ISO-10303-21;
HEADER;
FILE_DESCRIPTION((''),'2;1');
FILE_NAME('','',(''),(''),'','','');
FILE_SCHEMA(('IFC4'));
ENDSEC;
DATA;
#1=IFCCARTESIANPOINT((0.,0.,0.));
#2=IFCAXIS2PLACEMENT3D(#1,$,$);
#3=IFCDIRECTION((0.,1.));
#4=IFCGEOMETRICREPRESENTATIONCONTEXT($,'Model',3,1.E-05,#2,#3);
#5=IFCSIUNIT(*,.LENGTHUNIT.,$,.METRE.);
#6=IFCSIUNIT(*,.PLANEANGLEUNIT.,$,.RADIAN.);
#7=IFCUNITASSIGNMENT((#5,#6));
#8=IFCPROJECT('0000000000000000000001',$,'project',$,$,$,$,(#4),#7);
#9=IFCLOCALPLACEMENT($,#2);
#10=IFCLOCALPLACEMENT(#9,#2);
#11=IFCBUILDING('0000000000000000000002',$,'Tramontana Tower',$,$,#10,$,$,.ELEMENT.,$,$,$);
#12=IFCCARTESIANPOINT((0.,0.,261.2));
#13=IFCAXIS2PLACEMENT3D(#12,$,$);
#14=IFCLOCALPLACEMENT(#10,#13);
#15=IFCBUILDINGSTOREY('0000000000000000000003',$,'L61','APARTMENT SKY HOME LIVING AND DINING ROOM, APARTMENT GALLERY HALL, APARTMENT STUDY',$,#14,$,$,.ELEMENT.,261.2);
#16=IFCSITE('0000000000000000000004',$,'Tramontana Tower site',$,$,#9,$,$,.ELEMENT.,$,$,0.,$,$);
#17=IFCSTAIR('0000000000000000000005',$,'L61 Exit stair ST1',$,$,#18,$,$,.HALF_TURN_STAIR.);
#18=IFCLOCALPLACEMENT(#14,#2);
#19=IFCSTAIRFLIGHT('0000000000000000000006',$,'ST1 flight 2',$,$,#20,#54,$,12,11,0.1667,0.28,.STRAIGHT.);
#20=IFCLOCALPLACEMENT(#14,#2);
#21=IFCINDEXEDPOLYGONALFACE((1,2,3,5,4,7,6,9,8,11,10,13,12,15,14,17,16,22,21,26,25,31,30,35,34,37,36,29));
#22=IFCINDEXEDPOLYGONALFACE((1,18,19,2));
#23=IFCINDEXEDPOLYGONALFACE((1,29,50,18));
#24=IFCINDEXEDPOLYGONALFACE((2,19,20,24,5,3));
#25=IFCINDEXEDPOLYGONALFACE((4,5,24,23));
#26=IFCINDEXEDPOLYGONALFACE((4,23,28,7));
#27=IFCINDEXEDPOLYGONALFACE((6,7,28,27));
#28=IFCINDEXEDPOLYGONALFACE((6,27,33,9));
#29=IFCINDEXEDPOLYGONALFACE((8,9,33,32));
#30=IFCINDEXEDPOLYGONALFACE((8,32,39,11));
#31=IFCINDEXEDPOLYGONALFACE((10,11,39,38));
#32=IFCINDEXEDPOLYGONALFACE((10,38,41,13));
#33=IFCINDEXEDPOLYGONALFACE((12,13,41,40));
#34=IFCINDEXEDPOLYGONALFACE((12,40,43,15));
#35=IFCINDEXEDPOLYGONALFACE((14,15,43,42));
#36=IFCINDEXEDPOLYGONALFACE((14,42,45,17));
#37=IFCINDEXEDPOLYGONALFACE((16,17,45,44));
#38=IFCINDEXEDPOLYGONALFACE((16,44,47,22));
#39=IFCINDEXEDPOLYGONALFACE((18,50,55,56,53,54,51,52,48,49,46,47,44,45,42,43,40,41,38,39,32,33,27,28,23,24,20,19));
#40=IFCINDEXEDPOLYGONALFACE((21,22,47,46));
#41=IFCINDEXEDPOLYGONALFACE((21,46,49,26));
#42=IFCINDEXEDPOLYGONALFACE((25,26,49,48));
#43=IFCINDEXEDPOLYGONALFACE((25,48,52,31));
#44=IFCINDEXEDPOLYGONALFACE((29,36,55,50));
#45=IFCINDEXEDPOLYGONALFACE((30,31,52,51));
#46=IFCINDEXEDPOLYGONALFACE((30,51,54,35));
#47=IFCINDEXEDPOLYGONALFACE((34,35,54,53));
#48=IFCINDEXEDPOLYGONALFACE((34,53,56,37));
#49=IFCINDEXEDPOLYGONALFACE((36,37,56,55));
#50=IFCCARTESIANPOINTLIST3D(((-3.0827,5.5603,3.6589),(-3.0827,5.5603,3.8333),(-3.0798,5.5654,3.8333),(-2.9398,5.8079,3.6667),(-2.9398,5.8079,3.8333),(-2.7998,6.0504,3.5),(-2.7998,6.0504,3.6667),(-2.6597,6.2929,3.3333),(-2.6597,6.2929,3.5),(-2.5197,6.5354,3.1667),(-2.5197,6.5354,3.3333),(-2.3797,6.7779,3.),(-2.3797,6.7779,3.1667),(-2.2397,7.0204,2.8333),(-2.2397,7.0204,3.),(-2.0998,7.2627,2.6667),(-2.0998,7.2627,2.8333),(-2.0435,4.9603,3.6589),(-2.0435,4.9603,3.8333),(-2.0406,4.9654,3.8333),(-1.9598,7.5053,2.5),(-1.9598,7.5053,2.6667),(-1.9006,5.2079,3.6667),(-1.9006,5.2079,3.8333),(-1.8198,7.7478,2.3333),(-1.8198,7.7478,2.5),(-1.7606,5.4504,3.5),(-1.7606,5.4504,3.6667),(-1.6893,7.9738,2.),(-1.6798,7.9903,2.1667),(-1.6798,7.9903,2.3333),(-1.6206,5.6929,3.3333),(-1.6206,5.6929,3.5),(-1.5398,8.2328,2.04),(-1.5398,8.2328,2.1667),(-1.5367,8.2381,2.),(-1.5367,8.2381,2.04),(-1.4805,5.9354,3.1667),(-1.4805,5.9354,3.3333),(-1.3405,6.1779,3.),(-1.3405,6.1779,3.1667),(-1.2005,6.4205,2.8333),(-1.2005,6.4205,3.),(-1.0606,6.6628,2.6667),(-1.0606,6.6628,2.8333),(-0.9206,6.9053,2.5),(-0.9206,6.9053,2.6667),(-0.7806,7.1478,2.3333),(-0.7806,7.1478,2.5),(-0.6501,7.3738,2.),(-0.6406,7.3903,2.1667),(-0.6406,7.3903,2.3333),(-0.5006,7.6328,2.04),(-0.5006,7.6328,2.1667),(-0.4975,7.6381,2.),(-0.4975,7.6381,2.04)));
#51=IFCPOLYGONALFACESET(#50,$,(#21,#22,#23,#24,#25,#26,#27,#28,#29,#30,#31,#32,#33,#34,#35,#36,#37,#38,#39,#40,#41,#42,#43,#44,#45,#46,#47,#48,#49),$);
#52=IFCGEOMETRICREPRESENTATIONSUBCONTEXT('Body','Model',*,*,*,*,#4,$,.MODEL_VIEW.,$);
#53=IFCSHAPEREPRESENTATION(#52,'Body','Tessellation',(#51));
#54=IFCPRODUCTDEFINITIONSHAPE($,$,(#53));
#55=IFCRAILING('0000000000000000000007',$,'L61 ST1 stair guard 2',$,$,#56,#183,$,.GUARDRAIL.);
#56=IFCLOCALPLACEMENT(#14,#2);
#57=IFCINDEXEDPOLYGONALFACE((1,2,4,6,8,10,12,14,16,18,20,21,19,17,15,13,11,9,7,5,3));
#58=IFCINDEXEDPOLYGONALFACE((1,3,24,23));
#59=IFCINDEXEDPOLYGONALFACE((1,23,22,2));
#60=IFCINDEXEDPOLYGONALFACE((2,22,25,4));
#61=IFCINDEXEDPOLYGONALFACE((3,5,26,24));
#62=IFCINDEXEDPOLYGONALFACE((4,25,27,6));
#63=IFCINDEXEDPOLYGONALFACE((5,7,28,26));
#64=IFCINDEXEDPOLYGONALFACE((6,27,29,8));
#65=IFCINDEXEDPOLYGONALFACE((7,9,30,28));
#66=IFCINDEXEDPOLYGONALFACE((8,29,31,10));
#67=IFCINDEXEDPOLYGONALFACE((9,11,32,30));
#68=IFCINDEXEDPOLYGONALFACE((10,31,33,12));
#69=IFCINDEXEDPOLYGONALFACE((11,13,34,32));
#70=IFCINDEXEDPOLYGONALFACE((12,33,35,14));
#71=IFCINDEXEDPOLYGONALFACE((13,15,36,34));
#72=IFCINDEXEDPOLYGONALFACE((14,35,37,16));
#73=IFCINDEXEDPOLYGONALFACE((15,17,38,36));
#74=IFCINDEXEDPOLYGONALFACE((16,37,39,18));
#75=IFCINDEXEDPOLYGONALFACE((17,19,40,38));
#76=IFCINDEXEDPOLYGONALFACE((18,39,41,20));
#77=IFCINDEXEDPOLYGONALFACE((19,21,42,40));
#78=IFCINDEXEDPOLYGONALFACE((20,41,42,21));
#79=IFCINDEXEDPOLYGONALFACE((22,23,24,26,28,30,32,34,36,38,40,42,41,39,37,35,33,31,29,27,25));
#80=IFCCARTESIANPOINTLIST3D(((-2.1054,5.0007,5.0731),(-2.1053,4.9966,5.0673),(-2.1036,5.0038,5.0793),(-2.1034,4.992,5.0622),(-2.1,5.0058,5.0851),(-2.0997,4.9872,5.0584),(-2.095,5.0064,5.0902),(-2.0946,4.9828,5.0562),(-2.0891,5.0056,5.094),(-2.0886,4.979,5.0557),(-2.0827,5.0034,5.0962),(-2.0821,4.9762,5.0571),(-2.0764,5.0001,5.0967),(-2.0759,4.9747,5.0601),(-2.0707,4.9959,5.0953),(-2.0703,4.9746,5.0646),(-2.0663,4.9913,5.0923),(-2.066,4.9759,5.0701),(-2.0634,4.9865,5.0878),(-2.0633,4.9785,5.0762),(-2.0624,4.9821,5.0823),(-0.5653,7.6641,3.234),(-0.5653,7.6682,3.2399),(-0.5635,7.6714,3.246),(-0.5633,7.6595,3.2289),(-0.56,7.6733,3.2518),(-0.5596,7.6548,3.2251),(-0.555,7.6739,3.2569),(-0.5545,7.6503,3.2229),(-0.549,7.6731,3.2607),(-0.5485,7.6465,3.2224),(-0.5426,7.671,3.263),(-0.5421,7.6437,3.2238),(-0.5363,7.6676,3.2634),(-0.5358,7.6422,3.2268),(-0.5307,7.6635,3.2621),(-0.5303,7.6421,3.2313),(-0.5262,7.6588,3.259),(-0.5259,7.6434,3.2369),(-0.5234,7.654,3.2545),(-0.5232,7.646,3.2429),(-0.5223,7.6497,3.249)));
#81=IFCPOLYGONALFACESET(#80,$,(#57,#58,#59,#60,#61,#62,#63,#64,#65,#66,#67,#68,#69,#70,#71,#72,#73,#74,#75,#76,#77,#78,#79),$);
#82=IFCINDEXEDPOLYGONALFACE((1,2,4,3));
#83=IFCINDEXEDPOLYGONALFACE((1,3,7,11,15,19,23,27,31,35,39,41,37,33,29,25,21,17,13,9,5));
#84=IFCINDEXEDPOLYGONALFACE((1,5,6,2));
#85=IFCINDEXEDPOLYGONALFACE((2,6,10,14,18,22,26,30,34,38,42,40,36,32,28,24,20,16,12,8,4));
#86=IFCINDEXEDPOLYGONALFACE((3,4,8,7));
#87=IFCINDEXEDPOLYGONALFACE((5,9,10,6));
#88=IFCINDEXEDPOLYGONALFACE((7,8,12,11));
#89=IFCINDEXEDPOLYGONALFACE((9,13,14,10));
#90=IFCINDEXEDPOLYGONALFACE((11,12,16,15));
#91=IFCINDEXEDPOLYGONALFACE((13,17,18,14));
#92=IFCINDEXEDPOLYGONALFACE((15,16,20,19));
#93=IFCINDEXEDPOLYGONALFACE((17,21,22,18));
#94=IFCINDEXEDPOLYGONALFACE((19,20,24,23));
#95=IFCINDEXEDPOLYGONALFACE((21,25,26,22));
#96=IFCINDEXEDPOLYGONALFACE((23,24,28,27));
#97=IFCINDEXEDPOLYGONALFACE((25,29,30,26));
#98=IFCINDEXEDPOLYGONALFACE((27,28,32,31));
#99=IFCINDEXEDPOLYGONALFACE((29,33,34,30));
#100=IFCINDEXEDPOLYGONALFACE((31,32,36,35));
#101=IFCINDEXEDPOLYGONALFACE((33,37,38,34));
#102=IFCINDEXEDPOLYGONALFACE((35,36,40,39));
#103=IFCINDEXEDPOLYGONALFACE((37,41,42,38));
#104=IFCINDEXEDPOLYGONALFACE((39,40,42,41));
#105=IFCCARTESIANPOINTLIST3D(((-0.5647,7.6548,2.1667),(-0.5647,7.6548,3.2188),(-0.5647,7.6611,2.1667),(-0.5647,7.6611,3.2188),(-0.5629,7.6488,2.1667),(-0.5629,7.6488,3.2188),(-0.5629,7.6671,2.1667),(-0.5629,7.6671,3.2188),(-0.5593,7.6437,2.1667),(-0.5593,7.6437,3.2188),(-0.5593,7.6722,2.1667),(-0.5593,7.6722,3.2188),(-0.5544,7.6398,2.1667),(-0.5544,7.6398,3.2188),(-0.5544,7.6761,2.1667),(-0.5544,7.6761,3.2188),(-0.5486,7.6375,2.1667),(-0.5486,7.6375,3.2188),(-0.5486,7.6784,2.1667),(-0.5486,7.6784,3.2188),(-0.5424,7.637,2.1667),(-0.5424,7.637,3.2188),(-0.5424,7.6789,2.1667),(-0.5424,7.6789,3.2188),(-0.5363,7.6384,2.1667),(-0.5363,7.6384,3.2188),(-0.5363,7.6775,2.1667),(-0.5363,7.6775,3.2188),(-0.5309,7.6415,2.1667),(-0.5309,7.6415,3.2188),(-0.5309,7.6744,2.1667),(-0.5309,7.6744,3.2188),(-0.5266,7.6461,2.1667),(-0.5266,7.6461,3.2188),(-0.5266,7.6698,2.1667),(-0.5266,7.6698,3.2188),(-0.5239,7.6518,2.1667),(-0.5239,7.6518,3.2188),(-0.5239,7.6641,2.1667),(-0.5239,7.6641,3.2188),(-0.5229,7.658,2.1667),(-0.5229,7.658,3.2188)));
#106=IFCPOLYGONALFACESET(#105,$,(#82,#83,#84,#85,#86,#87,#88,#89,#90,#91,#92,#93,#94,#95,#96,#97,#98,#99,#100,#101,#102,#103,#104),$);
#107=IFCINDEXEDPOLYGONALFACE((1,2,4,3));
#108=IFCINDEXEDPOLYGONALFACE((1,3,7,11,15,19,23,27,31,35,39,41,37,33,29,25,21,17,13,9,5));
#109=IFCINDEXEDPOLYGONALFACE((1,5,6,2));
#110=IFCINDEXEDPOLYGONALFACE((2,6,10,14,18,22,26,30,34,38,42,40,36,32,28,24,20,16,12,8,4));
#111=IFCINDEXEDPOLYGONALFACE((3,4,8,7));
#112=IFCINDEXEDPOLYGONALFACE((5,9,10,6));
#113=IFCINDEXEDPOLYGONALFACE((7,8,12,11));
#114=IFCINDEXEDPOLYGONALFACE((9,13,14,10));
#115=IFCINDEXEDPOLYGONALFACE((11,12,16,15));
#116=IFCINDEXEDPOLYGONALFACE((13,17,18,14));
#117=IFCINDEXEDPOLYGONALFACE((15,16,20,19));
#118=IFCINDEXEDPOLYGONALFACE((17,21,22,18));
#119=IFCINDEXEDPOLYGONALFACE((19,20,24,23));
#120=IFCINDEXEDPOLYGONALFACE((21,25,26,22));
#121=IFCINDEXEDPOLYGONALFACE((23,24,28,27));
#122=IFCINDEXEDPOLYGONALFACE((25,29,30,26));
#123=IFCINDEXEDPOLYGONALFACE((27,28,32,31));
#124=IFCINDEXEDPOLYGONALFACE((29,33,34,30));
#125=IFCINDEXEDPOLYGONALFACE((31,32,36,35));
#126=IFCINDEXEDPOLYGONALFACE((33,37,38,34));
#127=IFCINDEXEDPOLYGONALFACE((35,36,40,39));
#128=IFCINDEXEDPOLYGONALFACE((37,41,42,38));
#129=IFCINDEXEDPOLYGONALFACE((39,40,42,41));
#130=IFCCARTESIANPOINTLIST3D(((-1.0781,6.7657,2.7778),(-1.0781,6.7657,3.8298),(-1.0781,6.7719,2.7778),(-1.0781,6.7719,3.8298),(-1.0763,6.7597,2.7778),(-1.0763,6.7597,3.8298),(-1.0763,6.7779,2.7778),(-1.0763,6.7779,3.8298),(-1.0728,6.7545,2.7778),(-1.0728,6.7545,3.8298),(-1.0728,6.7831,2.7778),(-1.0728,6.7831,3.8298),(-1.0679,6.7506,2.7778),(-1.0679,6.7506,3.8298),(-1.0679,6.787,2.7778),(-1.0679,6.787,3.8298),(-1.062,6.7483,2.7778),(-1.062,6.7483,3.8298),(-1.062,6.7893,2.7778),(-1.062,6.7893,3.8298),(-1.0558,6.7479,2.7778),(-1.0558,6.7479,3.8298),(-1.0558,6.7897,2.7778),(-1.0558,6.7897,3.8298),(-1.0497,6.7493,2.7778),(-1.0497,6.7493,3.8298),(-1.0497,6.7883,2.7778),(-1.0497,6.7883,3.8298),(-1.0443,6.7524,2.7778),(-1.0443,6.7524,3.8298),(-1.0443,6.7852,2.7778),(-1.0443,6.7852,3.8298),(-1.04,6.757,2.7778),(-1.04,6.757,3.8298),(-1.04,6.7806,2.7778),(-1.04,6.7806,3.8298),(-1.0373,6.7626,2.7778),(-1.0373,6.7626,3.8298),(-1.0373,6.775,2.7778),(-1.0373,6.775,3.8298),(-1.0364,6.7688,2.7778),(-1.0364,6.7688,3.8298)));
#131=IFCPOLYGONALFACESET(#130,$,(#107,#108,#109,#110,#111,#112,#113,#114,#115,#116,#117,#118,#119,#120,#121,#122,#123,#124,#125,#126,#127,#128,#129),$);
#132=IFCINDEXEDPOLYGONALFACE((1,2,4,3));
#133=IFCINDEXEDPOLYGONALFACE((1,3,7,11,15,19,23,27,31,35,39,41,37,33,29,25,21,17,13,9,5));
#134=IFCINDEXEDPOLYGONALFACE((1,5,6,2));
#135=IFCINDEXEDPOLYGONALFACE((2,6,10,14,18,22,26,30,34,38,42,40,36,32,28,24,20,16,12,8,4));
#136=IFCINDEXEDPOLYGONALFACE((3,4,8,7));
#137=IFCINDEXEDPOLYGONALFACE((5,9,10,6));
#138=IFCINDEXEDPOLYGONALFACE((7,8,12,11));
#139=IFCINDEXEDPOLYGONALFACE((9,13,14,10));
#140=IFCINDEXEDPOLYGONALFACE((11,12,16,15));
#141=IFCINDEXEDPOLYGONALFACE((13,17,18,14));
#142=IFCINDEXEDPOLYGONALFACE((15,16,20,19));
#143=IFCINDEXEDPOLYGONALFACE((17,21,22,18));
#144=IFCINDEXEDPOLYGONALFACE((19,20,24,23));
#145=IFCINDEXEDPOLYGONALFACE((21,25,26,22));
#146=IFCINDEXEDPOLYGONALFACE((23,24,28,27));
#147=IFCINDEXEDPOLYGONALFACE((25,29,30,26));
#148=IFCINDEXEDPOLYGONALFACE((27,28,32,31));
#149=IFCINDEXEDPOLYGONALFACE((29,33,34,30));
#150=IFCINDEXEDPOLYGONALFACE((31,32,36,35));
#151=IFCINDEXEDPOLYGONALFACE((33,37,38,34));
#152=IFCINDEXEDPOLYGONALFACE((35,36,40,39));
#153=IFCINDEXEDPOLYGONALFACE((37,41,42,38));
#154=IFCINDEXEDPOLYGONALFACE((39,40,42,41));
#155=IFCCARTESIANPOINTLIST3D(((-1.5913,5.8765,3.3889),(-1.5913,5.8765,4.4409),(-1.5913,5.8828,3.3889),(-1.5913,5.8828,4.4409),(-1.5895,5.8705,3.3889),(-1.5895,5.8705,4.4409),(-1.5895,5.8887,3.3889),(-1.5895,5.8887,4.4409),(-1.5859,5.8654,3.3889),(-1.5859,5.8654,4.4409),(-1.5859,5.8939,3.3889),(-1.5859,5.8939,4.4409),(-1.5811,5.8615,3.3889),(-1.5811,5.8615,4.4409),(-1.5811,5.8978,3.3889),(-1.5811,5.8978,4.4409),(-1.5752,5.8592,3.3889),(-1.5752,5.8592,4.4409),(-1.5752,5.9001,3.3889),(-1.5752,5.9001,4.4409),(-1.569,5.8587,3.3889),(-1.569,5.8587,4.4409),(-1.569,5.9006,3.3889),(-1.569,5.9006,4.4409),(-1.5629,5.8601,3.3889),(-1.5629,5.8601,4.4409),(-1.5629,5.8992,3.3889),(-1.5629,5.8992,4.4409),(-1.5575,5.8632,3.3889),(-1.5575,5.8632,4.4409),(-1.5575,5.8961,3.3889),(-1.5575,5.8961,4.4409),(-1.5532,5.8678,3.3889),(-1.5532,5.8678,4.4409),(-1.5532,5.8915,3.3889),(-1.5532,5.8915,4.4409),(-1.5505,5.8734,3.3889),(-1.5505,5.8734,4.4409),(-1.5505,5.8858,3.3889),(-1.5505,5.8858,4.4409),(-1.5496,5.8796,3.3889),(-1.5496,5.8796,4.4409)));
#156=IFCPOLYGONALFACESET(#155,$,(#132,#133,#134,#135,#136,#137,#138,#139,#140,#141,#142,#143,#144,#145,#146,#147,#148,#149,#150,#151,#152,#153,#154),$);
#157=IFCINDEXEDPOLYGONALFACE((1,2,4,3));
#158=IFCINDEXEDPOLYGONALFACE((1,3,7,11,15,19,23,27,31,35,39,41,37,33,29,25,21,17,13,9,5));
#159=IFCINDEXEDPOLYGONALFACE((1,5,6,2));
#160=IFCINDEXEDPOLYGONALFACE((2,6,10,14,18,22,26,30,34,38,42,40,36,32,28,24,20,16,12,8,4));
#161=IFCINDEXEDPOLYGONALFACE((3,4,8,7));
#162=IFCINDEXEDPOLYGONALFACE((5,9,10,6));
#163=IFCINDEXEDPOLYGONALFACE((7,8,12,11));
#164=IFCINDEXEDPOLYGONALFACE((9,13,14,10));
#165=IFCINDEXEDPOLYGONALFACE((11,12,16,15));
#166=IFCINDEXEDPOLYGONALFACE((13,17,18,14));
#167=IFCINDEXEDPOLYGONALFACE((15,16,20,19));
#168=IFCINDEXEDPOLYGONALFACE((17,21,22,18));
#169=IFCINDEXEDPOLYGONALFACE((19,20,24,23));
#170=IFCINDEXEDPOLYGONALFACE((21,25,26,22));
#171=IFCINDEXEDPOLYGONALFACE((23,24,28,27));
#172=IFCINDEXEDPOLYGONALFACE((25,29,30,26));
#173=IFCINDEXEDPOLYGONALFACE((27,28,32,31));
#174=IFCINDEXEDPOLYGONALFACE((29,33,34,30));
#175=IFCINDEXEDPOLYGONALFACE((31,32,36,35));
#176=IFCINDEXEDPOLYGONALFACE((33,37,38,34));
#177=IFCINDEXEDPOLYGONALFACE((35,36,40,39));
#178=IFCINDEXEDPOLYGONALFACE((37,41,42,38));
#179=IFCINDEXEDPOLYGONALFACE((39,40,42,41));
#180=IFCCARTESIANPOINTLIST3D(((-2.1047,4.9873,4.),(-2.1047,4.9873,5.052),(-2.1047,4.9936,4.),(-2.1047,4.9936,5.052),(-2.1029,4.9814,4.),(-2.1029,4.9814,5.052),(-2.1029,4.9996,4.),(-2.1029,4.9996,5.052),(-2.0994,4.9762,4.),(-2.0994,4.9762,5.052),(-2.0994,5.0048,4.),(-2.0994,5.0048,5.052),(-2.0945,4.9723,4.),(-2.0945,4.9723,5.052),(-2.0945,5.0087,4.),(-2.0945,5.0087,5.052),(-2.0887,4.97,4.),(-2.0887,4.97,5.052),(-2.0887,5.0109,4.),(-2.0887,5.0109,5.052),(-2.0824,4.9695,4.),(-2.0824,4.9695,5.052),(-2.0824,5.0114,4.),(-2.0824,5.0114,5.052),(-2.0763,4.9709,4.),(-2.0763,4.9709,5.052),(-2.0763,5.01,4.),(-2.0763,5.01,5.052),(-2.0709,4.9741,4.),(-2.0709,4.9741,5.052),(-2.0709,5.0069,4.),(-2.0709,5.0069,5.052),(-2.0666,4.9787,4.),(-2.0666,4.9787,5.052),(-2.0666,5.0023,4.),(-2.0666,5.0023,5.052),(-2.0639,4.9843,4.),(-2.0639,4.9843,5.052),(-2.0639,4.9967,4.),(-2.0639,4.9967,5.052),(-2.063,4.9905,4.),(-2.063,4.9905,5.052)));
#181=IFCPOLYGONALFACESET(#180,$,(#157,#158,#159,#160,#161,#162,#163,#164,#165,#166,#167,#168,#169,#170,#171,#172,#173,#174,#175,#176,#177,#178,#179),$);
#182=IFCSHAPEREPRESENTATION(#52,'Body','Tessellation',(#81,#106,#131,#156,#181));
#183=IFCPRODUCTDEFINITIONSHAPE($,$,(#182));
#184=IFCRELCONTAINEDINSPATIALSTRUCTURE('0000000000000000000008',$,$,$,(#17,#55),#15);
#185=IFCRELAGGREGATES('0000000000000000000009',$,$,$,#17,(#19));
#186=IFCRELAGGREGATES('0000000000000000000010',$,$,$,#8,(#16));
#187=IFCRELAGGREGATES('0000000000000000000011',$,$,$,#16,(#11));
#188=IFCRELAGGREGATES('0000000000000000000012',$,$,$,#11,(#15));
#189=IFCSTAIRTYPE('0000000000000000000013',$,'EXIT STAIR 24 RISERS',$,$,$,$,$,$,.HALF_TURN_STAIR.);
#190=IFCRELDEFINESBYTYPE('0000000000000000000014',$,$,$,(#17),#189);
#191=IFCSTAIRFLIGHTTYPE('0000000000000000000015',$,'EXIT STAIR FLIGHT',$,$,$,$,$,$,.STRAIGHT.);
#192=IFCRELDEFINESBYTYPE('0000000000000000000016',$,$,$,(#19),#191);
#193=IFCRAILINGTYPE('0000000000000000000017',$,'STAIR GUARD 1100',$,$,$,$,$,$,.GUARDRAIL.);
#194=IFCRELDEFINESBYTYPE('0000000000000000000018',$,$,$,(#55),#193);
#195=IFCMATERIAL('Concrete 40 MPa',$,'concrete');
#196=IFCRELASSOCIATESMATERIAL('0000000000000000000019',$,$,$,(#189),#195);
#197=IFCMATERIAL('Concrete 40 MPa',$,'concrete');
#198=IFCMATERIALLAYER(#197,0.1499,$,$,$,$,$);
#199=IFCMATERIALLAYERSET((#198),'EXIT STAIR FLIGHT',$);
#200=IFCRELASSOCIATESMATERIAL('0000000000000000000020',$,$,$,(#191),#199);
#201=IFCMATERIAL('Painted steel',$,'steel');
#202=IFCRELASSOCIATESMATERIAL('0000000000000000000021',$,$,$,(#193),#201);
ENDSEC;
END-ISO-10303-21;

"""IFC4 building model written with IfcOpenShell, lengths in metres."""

from ifc_helpers import new_model, si_unit, direction, frame, origin, origin_2d, place, context, subcontext, project, spatial, polyline, circle, outline, extrude, material, layer, layer_set, type_object, element, aggregate, save


model = new_model("IFC4")

# Units and contexts
model_context = context("Model", 3, precision=1e-05, world=origin(), true_north=direction((0.0, 1.0)))
body_context = subcontext(model_context, "Body", "Model", "MODEL_VIEW")
ifc_project = project(units=[si_unit("LENGTHUNIT", "METRE"), si_unit("PLANEANGLEUNIT", "RADIAN")], contexts=[model_context])

# Site, building, storey
site_placement = place(None, origin())
site = spatial("IfcSite", under=ifc_project, at=site_placement, Name="Tramontana Tower site", CompositionType="ELEMENT", RefElevation=0.0)
building_placement = place(site_placement, origin())
building = spatial("IfcBuilding", under=site, at=building_placement, Name="Tramontana Tower", CompositionType="ELEMENT")
storey_placement = place(building_placement, frame((0.0, 0.0, 261.2)))
storey = spatial("IfcBuildingStorey", under=building, at=storey_placement, Name="L61", Description="APARTMENT SKY HOME LIVING AND DINING ROOM, APARTMENT GALLERY HALL, APARTMENT STUDY", CompositionType="ELEMENT", Elevation=261.2)

# Stair, stair flight
ifc_material_1 = material(Name="Concrete 40 MPa", Category="concrete")
stair_type = type_object("IfcStairType", Name="EXIT STAIR 24 RISERS", PredefinedType="HALF_TURN_STAIR", material=ifc_material_1)
stair_placement = place(storey_placement, origin())
stair = element("IfcStair", 1, at=stair_placement, inside=storey, type_object=stair_type, Name="L61 Exit stair ST1", PredefinedType="HALF_TURN_STAIR")
ifc_material_2 = material(Name="Concrete 40 MPa", Category="concrete")
ifc_layer_1 = layer(ifc_material_2, 0.1499)
ifc_layer_set_1 = layer_set([ifc_layer_1], Name="EXIT STAIR FLIGHT")
stair_flight_type = type_object("IfcStairFlightType", Name="EXIT STAIR FLIGHT", PredefinedType="STRAIGHT", material=ifc_layer_set_1)
stair_flight_placement = place(storey_placement, frame((-1.0203, 7.9329, 2.0), z_axis=(0.0, 0.0, 1.0), x_axis=(-0.5, -0.866025, 0.0)))
stair_flight = element("IfcStairFlight", 2, at=stair_flight_placement, type_object=stair_flight_type, Name="ST1 flight 2", NumberOfRisers=12, NumberOfTreads=11, PredefinedType="STRAIGHT", RiserHeight=0.1667, TreadLength=0.28, context=body_context, shape_type="SweptSolid", body=[
    extrude(outline(polyline([(-0.0061, 0.0), (-0.0061, 0.04), (0.0, 0.04), (0.0, 0.1667), (0.28, 0.1667), (0.28, 0.3333), (0.5601, 0.3333), (0.5601, 0.5), (0.8401, 0.5), (0.8401, 0.6667), (1.1201, 0.6667), (1.1201, 0.8333), (1.3999, 0.8333), (1.3999, 1.0), (1.6799, 1.0), (1.6799, 1.1667), (1.96, 1.1667), (1.96, 1.3333), (2.24, 1.3333), (2.24, 1.5), (2.52, 1.5), (2.52, 1.6667), (2.8, 1.6667), (2.8, 1.8333), (3.0801, 1.8333), (3.0859, 1.8333), (3.0859, 1.6589), (0.2991, 0.0), (-0.0061, 0.0)])), frame((0.0, 0.6001, 0.0), z_axis=(0.0, -1.0, 0.0), x_axis=(1.0, 0.0, 0.0)), (0.0, 0.0, 1.0), 1.2),
])
aggregate(stair, [stair_flight])

# Railing
ifc_material_3 = material(Name="Painted steel", Category="steel")
railing_type_1 = type_object("IfcRailingType", Name="STAIR GUARD 1100", PredefinedType="GUARDRAIL", material=ifc_material_3)
railing_1_placement = place(storey_placement, frame((-0.5439, 7.658, 2.1667)))
element("IfcRailing", 3, at=railing_1_placement, inside=storey, type_object=railing_type_1, Name="L61 ST1 stair guard 2", PredefinedType="GUARDRAIL", context=body_context, shape_type="SweptSolid", body=[
    extrude(circle(Radius=0.0239, at=origin_2d()), frame((0.0, 0.0, 1.0762), z_axis=(-0.429649, -0.74419, 0.511452), x_axis=(0.86603, -0.499992, 0.0)), (0.0, 0.0, 1.0), 3.5845),
    extrude(circle(Radius=0.021, at=origin_2d()), origin(), (0.0, 0.0, 1.0), 1.052),
    extrude(circle(Radius=0.021, at=origin_2d()), frame((-0.5134, -0.8892, 0.6111)), (0.0, 0.0, 1.0), 1.052),
    extrude(circle(Radius=0.021, at=origin_2d()), frame((-1.0266, -1.7783, 1.2222)), (0.0, 0.0, 1.0), 1.052),
    extrude(circle(Radius=0.021, at=origin_2d()), frame((-1.54, -2.6675, 1.8333)), (0.0, 0.0, 1.0), 1.052),
])

save(model, "model.ifc")
